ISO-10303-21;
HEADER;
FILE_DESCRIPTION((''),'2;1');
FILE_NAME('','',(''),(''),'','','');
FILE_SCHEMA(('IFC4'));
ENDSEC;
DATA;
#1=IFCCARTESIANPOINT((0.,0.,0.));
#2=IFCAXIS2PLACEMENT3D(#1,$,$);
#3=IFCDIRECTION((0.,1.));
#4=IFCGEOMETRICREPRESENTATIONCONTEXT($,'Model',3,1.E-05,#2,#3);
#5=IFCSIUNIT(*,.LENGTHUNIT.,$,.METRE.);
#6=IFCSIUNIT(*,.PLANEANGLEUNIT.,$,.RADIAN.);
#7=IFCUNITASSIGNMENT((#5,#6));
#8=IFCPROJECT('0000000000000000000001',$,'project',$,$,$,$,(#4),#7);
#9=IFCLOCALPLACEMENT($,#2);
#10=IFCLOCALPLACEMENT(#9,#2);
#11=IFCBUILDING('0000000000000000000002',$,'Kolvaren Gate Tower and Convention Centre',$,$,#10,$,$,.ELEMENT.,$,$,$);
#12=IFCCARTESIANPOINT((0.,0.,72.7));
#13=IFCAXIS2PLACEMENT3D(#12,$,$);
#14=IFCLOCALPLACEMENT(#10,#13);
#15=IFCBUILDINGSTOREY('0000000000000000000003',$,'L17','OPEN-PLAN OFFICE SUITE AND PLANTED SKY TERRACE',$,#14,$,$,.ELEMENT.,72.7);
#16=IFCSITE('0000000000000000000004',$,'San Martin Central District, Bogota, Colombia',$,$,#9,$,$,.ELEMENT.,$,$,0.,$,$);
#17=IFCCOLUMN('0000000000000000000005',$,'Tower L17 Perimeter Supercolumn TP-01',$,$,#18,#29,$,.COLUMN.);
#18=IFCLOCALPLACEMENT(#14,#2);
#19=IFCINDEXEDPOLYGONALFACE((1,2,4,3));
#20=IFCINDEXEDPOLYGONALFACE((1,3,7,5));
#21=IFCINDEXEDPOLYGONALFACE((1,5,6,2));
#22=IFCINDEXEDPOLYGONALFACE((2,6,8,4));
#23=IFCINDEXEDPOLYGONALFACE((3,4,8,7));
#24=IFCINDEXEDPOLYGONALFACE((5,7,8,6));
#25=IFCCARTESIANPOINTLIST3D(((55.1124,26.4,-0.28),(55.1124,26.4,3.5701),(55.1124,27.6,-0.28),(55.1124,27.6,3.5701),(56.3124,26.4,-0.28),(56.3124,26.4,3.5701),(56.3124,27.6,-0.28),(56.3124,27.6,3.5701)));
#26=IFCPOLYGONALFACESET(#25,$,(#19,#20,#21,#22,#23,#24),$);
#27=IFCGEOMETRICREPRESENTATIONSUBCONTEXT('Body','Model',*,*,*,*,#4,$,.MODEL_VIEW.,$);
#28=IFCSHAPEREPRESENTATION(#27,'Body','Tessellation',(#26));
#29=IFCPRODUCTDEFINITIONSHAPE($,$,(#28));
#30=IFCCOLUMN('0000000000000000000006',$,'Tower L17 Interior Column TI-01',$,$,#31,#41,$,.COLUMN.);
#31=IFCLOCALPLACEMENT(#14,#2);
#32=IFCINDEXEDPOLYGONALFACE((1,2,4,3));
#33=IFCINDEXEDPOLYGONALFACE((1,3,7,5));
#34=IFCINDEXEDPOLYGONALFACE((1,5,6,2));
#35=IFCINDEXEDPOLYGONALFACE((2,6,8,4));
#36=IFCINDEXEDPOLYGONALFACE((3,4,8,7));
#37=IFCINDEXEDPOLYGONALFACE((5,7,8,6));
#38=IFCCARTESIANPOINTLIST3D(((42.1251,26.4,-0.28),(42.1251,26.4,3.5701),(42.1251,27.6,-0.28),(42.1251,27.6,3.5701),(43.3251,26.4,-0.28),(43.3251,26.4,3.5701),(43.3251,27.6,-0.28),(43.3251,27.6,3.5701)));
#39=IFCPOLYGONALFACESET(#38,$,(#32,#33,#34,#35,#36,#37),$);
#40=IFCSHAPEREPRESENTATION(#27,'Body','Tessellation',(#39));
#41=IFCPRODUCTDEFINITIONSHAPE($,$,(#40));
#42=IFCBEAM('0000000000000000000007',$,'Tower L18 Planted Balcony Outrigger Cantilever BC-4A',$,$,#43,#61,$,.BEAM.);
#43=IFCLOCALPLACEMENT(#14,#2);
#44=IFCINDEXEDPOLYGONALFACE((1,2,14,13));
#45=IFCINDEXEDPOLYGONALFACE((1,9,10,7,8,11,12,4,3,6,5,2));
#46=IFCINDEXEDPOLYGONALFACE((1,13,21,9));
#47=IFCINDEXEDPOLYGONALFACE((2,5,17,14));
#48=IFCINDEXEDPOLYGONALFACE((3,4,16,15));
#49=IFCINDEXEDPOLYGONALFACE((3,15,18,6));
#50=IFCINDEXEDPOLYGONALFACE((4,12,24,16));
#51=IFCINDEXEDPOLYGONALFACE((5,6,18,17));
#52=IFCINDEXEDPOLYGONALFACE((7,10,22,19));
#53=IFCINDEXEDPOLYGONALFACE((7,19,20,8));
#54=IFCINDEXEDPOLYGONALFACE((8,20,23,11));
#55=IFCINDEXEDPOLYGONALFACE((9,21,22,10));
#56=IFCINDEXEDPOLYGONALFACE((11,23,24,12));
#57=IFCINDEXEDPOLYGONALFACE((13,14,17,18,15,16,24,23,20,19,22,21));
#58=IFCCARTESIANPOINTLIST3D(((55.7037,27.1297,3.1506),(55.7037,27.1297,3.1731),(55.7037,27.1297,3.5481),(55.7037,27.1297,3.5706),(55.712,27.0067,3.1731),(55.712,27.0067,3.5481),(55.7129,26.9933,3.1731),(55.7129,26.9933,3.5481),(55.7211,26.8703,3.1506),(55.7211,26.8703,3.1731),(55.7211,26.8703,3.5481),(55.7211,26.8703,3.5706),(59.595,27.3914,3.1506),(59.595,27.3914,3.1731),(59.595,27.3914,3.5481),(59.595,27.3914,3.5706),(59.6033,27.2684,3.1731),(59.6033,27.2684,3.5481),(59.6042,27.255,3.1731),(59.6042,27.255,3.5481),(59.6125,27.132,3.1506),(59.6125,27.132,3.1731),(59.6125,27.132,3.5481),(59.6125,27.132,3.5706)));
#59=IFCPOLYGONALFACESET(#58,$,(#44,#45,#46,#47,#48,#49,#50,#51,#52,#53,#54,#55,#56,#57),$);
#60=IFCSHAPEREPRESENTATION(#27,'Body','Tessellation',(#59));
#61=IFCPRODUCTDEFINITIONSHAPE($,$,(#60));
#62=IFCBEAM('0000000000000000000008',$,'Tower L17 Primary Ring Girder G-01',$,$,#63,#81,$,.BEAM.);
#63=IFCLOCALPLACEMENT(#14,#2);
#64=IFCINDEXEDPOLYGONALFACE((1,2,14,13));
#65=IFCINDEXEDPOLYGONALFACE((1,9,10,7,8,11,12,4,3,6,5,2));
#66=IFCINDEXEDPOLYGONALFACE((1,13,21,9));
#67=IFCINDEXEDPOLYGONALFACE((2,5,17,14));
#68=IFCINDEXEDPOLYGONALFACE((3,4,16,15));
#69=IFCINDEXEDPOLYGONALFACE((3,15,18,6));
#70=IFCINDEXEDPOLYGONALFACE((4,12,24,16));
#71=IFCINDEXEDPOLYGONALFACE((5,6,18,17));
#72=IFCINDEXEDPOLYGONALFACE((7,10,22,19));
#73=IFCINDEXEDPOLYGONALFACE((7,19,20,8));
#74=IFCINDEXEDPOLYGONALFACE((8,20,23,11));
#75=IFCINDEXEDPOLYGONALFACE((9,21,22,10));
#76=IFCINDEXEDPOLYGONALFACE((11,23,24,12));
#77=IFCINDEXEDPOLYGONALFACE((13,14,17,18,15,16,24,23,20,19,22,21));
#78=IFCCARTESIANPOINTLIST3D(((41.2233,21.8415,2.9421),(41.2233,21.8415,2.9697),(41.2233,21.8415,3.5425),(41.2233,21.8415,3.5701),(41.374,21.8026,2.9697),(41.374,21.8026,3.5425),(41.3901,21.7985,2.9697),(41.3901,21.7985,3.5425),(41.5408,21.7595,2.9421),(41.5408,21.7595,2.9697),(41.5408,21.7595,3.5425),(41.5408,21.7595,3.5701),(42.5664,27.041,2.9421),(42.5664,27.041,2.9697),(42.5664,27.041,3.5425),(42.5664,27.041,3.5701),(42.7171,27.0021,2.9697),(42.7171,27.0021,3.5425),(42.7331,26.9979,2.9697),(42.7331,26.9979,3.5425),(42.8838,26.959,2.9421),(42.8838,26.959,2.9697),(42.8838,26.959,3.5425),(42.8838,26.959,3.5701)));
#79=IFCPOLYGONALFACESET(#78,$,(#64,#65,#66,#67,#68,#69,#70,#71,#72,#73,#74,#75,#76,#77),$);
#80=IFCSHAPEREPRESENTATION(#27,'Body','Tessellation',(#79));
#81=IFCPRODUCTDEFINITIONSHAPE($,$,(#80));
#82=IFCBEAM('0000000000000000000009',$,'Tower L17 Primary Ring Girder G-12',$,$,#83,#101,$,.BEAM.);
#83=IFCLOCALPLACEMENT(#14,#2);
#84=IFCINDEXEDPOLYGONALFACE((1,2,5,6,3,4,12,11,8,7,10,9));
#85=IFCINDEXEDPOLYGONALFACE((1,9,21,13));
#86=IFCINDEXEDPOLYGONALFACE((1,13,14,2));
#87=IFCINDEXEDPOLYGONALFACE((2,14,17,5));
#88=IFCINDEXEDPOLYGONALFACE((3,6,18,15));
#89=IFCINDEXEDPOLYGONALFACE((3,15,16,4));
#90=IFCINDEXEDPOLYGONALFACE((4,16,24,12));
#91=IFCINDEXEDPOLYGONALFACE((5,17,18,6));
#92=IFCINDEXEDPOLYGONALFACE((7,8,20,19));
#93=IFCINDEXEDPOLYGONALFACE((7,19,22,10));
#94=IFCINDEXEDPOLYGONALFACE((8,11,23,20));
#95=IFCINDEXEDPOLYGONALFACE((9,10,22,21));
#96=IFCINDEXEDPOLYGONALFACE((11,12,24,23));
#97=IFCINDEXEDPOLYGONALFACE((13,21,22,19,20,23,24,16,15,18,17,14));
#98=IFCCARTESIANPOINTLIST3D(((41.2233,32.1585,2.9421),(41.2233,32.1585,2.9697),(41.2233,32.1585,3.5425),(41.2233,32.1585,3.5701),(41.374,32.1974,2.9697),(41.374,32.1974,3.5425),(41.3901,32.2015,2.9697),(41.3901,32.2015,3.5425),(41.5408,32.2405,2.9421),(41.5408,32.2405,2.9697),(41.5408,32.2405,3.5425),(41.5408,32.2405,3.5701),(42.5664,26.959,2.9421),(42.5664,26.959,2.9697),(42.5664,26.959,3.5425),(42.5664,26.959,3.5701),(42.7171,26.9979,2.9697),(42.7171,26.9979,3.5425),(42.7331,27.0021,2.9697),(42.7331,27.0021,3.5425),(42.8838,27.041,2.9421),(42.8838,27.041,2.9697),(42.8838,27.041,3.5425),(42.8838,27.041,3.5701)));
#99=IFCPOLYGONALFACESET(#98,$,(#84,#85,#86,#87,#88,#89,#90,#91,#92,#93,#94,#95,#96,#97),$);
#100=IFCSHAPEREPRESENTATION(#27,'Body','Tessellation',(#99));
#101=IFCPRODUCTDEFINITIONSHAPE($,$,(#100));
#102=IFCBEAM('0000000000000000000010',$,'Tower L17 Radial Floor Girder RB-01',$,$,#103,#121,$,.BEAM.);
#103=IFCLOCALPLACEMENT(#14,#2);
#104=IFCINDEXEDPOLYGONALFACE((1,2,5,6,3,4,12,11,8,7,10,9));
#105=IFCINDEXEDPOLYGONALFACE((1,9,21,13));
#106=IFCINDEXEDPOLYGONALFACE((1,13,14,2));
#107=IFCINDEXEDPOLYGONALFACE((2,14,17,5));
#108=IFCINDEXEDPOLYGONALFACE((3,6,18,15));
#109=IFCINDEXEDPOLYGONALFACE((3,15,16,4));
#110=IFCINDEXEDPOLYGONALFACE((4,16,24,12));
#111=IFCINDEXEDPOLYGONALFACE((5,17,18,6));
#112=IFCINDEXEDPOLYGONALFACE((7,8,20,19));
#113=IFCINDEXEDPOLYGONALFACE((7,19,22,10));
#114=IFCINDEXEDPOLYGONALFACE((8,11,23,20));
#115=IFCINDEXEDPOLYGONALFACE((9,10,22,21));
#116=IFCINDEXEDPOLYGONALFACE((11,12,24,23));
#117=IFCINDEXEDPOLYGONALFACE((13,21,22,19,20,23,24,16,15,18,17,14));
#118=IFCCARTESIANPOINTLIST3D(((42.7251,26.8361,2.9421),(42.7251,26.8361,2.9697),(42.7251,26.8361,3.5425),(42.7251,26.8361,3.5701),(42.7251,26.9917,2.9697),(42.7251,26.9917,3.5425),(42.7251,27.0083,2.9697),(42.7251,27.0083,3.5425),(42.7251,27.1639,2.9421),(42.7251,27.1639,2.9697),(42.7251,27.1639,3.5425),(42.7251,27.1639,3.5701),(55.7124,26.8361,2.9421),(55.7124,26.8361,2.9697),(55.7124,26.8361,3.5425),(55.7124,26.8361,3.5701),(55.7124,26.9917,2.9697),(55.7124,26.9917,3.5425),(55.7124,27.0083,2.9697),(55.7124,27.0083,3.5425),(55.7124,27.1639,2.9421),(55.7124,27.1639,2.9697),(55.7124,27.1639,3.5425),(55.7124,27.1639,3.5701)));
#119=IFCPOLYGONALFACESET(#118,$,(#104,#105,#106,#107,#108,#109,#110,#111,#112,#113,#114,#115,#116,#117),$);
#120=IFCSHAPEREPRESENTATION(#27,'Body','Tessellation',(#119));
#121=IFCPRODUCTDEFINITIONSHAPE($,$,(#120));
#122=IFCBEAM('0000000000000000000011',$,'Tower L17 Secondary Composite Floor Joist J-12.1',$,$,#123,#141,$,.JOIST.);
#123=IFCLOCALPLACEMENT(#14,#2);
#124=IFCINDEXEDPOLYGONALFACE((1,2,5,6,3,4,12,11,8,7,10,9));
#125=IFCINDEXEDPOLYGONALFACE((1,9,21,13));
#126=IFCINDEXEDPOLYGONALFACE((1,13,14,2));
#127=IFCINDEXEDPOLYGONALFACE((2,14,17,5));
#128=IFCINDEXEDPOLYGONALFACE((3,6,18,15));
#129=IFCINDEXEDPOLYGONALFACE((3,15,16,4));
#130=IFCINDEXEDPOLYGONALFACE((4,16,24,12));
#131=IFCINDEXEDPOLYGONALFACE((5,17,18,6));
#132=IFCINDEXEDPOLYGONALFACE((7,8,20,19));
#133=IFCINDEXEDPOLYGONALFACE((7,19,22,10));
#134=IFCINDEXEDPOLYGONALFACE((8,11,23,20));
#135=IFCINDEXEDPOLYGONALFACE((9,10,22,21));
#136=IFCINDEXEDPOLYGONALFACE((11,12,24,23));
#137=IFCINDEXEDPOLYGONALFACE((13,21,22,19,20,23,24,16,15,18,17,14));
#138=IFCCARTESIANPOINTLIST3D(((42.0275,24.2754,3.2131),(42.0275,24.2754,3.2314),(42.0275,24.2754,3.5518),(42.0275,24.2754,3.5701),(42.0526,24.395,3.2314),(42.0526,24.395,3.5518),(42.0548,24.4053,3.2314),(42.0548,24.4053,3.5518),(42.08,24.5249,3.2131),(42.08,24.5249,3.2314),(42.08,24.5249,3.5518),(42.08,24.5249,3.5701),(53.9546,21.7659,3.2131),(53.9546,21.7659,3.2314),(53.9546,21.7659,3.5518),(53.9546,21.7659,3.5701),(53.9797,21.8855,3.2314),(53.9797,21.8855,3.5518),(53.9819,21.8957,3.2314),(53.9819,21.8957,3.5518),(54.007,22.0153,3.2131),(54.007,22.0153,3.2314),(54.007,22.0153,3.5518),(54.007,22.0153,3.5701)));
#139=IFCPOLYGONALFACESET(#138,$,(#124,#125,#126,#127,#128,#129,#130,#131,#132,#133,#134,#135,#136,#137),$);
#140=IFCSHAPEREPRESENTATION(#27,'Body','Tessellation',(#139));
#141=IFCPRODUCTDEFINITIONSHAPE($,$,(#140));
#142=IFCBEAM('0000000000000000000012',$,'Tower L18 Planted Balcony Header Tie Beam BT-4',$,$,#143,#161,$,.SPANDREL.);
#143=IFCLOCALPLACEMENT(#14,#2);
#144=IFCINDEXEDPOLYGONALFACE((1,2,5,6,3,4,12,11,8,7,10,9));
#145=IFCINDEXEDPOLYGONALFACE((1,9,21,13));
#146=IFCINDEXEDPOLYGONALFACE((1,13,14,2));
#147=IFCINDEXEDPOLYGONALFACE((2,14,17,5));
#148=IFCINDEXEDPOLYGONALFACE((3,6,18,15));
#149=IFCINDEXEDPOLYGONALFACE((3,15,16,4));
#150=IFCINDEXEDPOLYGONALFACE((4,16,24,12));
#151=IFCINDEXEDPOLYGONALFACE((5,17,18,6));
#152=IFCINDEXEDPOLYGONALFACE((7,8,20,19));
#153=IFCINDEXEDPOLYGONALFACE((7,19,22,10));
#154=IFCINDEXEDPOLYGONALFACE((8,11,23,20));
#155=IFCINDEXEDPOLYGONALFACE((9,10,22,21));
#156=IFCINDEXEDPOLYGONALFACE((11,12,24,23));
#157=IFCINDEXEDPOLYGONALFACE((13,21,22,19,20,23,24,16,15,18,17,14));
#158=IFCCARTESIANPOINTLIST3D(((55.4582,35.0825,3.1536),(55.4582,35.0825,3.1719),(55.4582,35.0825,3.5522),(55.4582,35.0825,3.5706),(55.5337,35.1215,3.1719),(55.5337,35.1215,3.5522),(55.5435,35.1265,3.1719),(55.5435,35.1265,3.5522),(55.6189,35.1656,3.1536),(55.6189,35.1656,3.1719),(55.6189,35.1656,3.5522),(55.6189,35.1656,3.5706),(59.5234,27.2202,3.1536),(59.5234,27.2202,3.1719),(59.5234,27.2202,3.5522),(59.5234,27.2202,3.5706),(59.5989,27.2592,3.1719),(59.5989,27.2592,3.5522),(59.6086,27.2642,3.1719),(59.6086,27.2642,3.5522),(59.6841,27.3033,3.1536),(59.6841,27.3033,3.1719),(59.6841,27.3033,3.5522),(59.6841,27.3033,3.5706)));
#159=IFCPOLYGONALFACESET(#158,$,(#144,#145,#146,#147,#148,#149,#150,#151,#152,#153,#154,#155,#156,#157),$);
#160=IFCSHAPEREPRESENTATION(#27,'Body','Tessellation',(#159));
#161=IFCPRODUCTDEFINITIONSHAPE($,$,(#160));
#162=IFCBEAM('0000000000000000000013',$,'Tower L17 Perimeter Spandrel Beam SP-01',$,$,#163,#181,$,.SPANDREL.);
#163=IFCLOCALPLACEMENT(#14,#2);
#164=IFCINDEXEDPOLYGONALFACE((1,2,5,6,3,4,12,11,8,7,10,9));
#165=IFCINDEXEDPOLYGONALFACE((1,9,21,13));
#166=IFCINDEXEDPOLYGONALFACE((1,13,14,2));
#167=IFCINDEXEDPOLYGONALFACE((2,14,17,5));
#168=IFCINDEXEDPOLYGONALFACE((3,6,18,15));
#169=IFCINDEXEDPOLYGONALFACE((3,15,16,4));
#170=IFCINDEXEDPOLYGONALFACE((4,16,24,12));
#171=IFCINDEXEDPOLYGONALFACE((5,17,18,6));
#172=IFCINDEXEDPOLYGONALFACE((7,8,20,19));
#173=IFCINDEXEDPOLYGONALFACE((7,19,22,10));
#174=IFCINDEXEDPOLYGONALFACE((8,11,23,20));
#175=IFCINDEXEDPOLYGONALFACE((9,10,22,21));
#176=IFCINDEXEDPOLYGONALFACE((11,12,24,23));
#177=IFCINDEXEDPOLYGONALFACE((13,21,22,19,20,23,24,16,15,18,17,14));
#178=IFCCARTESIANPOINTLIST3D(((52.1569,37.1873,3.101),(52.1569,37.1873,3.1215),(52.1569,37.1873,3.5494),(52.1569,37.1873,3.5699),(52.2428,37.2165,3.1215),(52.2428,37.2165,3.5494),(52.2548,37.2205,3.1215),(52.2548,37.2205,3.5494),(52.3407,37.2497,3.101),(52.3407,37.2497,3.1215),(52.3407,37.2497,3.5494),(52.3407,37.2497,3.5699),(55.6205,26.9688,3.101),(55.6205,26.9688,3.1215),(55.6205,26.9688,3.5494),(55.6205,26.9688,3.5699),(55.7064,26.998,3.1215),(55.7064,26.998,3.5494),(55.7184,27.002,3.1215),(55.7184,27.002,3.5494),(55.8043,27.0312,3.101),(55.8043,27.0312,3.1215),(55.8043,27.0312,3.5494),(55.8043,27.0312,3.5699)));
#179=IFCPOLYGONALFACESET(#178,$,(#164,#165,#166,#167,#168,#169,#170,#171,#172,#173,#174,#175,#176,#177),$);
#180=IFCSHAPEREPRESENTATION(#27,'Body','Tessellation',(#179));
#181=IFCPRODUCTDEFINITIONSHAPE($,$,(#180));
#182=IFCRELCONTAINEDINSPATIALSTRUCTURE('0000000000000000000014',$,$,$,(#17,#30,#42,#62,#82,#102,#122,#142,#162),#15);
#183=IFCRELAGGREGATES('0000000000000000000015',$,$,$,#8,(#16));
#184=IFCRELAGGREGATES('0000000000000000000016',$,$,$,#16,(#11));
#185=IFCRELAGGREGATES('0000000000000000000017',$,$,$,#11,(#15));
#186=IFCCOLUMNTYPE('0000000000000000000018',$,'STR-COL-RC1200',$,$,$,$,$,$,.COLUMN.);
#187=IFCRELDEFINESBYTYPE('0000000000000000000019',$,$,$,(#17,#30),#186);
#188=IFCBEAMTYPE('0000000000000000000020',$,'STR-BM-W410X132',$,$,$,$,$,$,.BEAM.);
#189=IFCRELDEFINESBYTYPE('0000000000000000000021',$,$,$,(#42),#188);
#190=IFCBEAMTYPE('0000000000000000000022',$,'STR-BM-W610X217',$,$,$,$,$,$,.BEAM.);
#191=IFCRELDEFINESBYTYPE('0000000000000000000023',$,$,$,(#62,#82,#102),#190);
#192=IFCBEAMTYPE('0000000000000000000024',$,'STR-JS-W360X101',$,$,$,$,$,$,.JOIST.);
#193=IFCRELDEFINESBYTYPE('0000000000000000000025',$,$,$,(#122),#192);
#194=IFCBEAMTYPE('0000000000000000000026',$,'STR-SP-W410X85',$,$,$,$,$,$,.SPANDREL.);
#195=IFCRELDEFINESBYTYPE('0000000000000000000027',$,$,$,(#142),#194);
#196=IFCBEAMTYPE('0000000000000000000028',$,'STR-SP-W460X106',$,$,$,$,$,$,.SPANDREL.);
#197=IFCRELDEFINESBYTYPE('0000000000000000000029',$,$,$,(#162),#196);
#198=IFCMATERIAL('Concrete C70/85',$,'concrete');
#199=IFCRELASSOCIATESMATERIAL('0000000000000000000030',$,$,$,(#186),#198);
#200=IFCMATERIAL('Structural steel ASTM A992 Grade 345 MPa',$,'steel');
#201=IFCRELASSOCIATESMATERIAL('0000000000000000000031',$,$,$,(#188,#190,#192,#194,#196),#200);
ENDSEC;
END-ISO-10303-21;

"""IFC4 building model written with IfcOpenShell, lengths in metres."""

from ifc_helpers import new_model, si_unit, direction, frame, origin, origin_2d, place, context, subcontext, project, spatial, rectangle, i_section, extrude, material, material_profile, profile_set, type_object, element, save


model = new_model("IFC4")

# Units and contexts
model_context = context("Model", 3, precision=1e-05, world=origin(), true_north=direction((0.0, 1.0)))
body_context = subcontext(model_context, "Body", "Model", "MODEL_VIEW")
ifc_project = project(units=[si_unit("LENGTHUNIT", "METRE"), si_unit("PLANEANGLEUNIT", "RADIAN")], contexts=[model_context])

# Site, building, storey
site_placement = place(None, origin())
site = spatial("IfcSite", under=ifc_project, at=site_placement, Name="San Martin Central District, Bogota, Colombia", CompositionType="ELEMENT", RefElevation=0.0)
building_placement = place(site_placement, origin())
building = spatial("IfcBuilding", under=site, at=building_placement, Name="Kolvaren Gate Tower and Convention Centre", CompositionType="ELEMENT")
storey_placement = place(building_placement, frame((0.0, 0.0, 72.7)))
storey = spatial("IfcBuildingStorey", under=building, at=storey_placement, Name="L17", Description="OPEN-PLAN OFFICE SUITE AND PLANTED SKY TERRACE", CompositionType="ELEMENT", Elevation=72.7)

# Columns
ifc_material_1 = material(Name="Concrete C70/85", Category="concrete")
ifc_material_profile_1 = material_profile(ifc_material_1, rectangle(XDim=1.2, YDim=1.2, at=origin_2d()), Name="RC-COL-1200X1200")
ifc_profile_set_1 = profile_set([ifc_material_profile_1], Name="Concrete C70/85")
column_type = type_object("IfcColumnType", Name="STR-COL-RC1200", PredefinedType="COLUMN", material=ifc_profile_set_1)
for number, where, z_axis, x_axis, name in (
    (1, (55.7124, 27.0, -0.28), (0.0, 0.0, 1.0), (1.0, 0.0, 0.0), "Tower L17 Perimeter Supercolumn TP-01"),
    (2, (42.7251, 27.0, -0.28), (0.0, 0.0, 1.0), (1.0, 0.0, 0.0), "Tower L17 Interior Column TI-01"),
):
    element("IfcColumn", number, at=place(storey_placement, frame(where, z_axis=z_axis, x_axis=x_axis)), inside=storey, type_object=column_type, Name=name, PredefinedType="COLUMN", context=body_context, shape_type="SweptSolid", body=[
        extrude(rectangle(XDim=1.2, YDim=1.2, at=origin_2d()), origin(), (0.0, 0.0, 1.0), 3.8501),
    ])

# Beams
ifc_material_2 = material(Name="Structural steel ASTM A992 Grade 345 MPa", Category="steel")
ifc_material_profile_2 = material_profile(ifc_material_2, i_section(OverallWidth=0.26, OverallDepth=0.4199, WebThickness=0.0134, FlangeThickness=0.0225, at=origin_2d()), Name="W410X132")
ifc_profile_set_2 = profile_set([ifc_material_profile_2], Name="Structural steel ASTM A992 Grade 345 MPa")
beam_type_1 = type_object("IfcBeamType", Name="STR-BM-W410X132", PredefinedType="BEAM", material=ifc_profile_set_2)
beam_1_placement = place(storey_placement, frame((55.7124, 27.0, 3.3606), z_axis=(0.997746, 0.067105, 0.0), x_axis=(-0.067105, 0.997746, 0.0)))
element("IfcBeam", 3, at=beam_1_placement, inside=storey, type_object=beam_type_1, Name="Tower L18 Planted Balcony Outrigger Cantilever BC-4A", PredefinedType="BEAM", context=body_context, shape_type="SweptSolid", body=[
    extrude(i_section(OverallWidth=0.26, OverallDepth=0.4199, WebThickness=0.0134, FlangeThickness=0.0225, at=origin_2d()), origin(), (0.0, 0.0, 1.0), 3.9001),
])
ifc_material_profile_3 = material_profile(ifc_material_2, i_section(OverallWidth=0.3279, OverallDepth=0.6279, WebThickness=0.0166, FlangeThickness=0.0276, at=origin_2d()), Name="W610X217")
ifc_profile_set_3 = profile_set([ifc_material_profile_3], Name="Structural steel ASTM A992 Grade 345 MPa")
beam_type_2 = type_object("IfcBeamType", Name="STR-BM-W610X217", PredefinedType="BEAM", material=ifc_profile_set_3)
for number, where, z_axis, x_axis, name in (
    (4, (42.7251, 27.0, 3.2561), (-0.250091, -0.968222, 0.0), (0.968222, -0.250091, 0.0), "Tower L17 Primary Ring Girder G-01"),
    (5, (42.7251, 27.0, 3.2561), (-0.250091, 0.968222, 0.0), (-0.968222, -0.250091, 0.0), "Tower L17 Primary Ring Girder G-12"),
):
    element("IfcBeam", number, at=place(storey_placement, frame(where, z_axis=z_axis, x_axis=x_axis)), inside=storey, type_object=beam_type_2, Name=name, PredefinedType="BEAM", context=body_context, shape_type="SweptSolid", body=[
        extrude(i_section(OverallWidth=0.3279, OverallDepth=0.6279, WebThickness=0.0166, FlangeThickness=0.0276, at=origin_2d()), origin(), (0.0, 0.0, 1.0), 5.3701),
    ])
beam_2_placement = place(storey_placement, frame((42.7251, 27.0, 3.2561), z_axis=(1.0, 0.0, 0.0), x_axis=(0.0, 1.0, 0.0)))
element("IfcBeam", 6, at=beam_2_placement, inside=storey, type_object=beam_type_2, Name="Tower L17 Radial Floor Girder RB-01", PredefinedType="BEAM", context=body_context, shape_type="SweptSolid", body=[
    extrude(i_section(OverallWidth=0.3279, OverallDepth=0.6279, WebThickness=0.0166, FlangeThickness=0.0276, at=origin_2d()), origin(), (0.0, 0.0, 1.0), 12.9873),
])
ifc_material_profile_4 = material_profile(ifc_material_2, i_section(OverallWidth=0.2549, OverallDepth=0.3569, WebThickness=0.0105, FlangeThickness=0.0183, at=origin_2d()), Name="W360X101")
ifc_profile_set_4 = profile_set([ifc_material_profile_4], Name="Structural steel ASTM A992 Grade 345 MPa")
beam_type_3 = type_object("IfcBeamType", Name="STR-JS-W360X101", PredefinedType="JOIST", material=ifc_profile_set_4)
beam_3_placement = place(storey_placement, frame((42.0537, 24.4001, 3.3916), z_axis=(0.978573, -0.205898, 0.0), x_axis=(0.205898, 0.978573, 0.0)))
element("IfcBeam", 7, at=beam_3_placement, inside=storey, type_object=beam_type_3, Name="Tower L17 Secondary Composite Floor Joist J-12.1", PredefinedType="JOIST", context=body_context, shape_type="SweptSolid", body=[
    extrude(i_section(OverallWidth=0.2549, OverallDepth=0.3569, WebThickness=0.0105, FlangeThickness=0.0183, at=origin_2d()), origin(), (0.0, 0.0, 1.0), 12.1882),
])
ifc_material_profile_5 = material_profile(ifc_material_2, i_section(OverallWidth=0.1809, OverallDepth=0.417, WebThickness=0.011, FlangeThickness=0.0183, at=origin_2d()), Name="W410X85")
ifc_profile_set_5 = profile_set([ifc_material_profile_5], Name="Structural steel ASTM A992 Grade 345 MPa")
beam_type_4 = type_object("IfcBeamType", Name="STR-SP-W410X85", PredefinedType="SPANDREL", material=ifc_profile_set_5)
beam_4_placement = place(storey_placement, frame((59.6038, 27.2617, 3.3621), z_axis=(-0.459287, 0.888288, 0.0), x_axis=(-0.888288, -0.459287, 0.0)))
element("IfcBeam", 8, at=beam_4_placement, inside=storey, type_object=beam_type_4, Name="Tower L18 Planted Balcony Header Tie Beam BT-4", PredefinedType="SPANDREL", context=body_context, shape_type="SweptSolid", body=[
    extrude(i_section(OverallWidth=0.1809, OverallDepth=0.417, WebThickness=0.011, FlangeThickness=0.0183, at=origin_2d()), origin(), (0.0, 0.0, 1.0), 8.8511),
])
ifc_material_profile_6 = material_profile(ifc_material_2, i_section(OverallWidth=0.1941, OverallDepth=0.469, WebThickness=0.0127, FlangeThickness=0.0205, at=origin_2d()), Name="W460X106")
ifc_profile_set_6 = profile_set([ifc_material_profile_6], Name="Structural steel ASTM A992 Grade 345 MPa")
beam_type_5 = type_object("IfcBeamType", Name="STR-SP-W460X106", PredefinedType="SPANDREL", material=ifc_profile_set_6)
beam_5_placement = place(storey_placement, frame((55.7124, 27.0, 3.3354), z_axis=(-0.321016, 0.947074, 0.0), x_axis=(-0.947074, -0.321016, 0.0)))
element("IfcBeam", 9, at=beam_5_placement, inside=storey, type_object=beam_type_5, Name="Tower L17 Perimeter Spandrel Beam SP-01", PredefinedType="SPANDREL", context=body_context, shape_type="SweptSolid", body=[
    extrude(i_section(OverallWidth=0.1941, OverallDepth=0.469, WebThickness=0.0127, FlangeThickness=0.0205, at=origin_2d()), origin(), (0.0, 0.0, 1.0), 10.7896),
])

save(model, "model.ifc")
